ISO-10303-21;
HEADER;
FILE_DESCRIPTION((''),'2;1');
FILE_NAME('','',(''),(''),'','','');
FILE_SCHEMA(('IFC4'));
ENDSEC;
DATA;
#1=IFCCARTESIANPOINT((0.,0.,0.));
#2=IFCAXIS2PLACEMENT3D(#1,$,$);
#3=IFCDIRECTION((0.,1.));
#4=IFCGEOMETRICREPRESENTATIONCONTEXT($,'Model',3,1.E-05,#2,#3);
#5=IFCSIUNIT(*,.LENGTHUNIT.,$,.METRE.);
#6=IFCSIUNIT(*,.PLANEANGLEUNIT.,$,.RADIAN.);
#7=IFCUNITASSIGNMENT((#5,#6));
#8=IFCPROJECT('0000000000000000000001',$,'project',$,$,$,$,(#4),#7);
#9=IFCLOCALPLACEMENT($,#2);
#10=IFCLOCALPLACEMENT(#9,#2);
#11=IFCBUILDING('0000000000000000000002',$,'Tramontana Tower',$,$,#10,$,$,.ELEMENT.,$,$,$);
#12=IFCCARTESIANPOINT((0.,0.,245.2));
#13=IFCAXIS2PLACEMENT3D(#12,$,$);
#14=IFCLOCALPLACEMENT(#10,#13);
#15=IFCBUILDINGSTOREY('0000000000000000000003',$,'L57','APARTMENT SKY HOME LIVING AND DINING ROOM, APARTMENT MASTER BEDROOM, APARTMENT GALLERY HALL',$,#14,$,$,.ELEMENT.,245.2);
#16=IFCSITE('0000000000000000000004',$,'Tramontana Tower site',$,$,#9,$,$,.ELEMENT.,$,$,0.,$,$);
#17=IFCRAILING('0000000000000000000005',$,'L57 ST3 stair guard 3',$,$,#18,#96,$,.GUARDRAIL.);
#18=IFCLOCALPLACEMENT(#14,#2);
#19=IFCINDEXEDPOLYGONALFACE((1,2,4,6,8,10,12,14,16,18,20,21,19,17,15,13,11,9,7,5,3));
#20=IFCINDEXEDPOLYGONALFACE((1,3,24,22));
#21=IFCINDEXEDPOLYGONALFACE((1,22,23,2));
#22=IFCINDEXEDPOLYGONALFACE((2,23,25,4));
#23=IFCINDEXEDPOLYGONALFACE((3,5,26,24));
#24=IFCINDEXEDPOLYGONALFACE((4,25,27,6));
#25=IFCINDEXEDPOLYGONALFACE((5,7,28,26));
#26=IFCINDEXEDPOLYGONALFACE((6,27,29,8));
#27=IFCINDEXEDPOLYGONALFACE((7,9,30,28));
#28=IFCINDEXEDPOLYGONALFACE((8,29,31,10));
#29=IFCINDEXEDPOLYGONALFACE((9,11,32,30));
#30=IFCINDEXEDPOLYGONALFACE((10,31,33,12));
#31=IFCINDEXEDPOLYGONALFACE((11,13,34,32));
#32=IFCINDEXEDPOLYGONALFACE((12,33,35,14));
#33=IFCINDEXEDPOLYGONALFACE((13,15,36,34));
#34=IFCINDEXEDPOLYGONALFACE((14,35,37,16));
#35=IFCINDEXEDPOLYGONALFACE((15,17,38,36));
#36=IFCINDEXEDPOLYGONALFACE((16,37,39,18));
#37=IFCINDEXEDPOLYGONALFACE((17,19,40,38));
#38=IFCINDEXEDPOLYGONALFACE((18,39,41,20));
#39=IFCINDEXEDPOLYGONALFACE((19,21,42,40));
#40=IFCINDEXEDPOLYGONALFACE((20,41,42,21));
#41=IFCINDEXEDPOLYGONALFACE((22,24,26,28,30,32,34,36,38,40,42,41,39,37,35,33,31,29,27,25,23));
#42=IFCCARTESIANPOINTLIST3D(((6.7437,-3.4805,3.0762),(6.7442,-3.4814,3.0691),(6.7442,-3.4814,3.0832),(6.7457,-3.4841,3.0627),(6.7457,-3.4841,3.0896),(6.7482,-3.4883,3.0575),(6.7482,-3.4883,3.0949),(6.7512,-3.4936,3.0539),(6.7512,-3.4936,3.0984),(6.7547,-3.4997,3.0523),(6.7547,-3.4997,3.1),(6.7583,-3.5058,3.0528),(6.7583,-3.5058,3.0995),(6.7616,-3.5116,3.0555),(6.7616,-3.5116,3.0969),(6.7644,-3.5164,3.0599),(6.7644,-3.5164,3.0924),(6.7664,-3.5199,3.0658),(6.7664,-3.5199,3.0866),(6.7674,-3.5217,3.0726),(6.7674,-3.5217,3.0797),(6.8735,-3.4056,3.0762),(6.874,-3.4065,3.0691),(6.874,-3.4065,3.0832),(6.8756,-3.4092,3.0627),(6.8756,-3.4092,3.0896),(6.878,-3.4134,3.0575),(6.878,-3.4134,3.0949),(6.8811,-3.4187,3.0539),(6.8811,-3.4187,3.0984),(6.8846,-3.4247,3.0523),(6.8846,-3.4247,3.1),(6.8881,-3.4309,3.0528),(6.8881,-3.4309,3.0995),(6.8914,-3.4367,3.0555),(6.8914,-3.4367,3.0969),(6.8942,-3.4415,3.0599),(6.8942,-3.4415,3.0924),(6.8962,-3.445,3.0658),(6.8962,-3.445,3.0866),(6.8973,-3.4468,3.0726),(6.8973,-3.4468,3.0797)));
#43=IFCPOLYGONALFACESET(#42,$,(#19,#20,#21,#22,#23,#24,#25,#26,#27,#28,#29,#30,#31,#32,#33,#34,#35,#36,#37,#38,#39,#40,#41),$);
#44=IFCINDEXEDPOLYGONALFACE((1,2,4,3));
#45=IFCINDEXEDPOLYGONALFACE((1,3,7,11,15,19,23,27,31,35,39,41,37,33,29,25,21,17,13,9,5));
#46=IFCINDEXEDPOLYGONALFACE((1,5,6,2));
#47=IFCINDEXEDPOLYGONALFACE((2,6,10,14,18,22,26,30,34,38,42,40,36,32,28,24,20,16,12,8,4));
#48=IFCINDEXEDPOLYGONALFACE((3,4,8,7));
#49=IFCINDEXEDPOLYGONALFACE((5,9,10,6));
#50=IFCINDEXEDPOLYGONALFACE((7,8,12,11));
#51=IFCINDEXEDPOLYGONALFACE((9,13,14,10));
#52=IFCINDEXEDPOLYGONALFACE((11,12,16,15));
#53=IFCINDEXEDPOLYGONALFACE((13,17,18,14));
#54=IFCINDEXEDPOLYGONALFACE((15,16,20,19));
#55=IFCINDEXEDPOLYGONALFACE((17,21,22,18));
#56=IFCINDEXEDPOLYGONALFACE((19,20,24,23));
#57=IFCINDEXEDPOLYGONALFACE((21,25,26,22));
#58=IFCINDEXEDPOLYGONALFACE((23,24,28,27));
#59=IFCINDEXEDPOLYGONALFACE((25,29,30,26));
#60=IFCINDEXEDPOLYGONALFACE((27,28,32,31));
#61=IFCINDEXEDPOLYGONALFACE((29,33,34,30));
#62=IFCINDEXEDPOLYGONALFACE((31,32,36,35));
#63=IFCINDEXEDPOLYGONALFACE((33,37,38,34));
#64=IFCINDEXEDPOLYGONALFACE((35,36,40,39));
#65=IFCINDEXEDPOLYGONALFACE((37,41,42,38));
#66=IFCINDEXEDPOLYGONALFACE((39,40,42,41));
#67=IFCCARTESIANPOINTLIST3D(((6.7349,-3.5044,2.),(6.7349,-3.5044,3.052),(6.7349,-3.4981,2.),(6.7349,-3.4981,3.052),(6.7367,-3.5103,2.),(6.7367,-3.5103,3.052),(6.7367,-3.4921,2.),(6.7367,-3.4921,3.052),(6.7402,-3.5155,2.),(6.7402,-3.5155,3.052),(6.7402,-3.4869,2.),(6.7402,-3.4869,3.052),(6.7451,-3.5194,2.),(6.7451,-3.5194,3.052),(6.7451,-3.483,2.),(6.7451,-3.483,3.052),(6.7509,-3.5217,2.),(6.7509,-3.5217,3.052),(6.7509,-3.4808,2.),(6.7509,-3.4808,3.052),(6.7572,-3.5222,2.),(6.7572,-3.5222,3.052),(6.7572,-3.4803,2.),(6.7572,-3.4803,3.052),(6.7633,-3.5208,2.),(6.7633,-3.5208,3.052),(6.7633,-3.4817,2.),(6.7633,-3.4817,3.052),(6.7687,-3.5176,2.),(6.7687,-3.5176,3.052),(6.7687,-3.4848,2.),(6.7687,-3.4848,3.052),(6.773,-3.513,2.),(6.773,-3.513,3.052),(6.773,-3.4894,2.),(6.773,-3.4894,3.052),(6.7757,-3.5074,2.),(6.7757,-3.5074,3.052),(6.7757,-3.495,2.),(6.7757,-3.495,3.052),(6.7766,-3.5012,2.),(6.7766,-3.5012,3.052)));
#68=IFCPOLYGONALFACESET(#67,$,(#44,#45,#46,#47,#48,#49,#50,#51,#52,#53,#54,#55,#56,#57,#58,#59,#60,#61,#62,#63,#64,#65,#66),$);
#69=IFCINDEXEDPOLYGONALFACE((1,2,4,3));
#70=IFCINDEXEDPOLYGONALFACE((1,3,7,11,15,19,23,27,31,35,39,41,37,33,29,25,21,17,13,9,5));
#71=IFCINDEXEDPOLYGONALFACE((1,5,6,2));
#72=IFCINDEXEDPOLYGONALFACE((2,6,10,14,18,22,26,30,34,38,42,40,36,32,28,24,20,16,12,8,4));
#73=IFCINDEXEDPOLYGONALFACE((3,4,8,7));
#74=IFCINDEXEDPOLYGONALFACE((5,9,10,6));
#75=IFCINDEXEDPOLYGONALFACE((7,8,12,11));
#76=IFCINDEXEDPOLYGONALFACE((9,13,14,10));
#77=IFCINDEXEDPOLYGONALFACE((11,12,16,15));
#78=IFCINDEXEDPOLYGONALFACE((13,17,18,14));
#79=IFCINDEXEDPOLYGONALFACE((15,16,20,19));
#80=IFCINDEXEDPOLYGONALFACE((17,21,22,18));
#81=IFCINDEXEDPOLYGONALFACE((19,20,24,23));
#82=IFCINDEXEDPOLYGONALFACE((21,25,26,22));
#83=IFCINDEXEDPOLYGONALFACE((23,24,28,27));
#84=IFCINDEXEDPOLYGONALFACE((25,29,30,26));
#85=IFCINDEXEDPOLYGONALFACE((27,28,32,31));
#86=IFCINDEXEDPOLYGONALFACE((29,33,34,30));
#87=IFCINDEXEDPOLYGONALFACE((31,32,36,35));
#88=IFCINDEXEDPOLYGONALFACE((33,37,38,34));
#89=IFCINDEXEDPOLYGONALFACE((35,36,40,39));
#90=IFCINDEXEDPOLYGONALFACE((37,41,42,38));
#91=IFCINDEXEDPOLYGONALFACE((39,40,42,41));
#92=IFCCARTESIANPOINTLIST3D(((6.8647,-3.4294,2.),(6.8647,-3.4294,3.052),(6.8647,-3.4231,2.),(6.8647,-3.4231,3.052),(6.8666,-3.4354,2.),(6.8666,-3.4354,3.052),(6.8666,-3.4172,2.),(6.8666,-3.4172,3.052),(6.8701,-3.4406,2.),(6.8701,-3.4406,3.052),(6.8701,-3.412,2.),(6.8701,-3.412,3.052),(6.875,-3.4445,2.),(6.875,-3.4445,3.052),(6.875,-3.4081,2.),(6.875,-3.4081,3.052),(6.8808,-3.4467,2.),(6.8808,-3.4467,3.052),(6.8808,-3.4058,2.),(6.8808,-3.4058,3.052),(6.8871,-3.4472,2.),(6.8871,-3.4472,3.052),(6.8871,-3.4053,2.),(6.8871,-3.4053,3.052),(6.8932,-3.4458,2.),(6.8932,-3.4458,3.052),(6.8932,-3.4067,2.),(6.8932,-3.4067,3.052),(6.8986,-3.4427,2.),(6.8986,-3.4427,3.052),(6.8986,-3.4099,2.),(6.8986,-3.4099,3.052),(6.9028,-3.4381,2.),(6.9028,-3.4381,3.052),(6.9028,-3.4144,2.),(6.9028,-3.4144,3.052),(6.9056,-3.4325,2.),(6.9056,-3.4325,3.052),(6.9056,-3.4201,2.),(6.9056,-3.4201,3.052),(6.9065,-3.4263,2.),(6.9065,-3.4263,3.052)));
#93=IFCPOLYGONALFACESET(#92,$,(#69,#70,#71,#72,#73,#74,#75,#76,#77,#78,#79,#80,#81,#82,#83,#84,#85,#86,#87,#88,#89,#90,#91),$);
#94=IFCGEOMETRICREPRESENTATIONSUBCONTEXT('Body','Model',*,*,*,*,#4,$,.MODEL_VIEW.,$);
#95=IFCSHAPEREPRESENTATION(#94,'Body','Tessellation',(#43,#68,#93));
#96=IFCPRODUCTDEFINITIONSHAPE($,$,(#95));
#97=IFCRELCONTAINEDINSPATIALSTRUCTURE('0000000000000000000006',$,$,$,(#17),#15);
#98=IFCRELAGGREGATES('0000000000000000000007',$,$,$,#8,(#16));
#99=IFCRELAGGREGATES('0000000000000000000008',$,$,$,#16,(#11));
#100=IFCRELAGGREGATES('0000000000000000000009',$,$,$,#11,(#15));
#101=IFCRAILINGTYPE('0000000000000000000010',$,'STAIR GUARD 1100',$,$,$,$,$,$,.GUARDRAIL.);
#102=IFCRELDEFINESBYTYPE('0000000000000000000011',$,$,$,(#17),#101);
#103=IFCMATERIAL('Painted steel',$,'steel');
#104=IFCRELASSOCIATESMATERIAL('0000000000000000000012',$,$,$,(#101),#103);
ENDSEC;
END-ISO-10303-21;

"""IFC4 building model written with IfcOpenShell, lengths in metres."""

from ifc_helpers import new_model, si_unit, direction, frame, origin, origin_2d, place, context, subcontext, project, spatial, circle, extrude, material, type_object, element, save


model = new_model("IFC4")

# Units and contexts
model_context = context("Model", 3, precision=1e-05, world=origin(), true_north=direction((0.0, 1.0)))
body_context = subcontext(model_context, "Body", "Model", "MODEL_VIEW")
ifc_project = project(units=[si_unit("LENGTHUNIT", "METRE"), si_unit("PLANEANGLEUNIT", "RADIAN")], contexts=[model_context])

# Site, building, storey
site_placement = place(None, origin())
site = spatial("IfcSite", under=ifc_project, at=site_placement, Name="Tramontana Tower site", CompositionType="ELEMENT", RefElevation=0.0)
building_placement = place(site_placement, origin())
building = spatial("IfcBuilding", under=site, at=building_placement, Name="Tramontana Tower", CompositionType="ELEMENT")
storey_placement = place(building_placement, frame((0.0, 0.0, 245.2)))
storey = spatial("IfcBuildingStorey", under=building, at=storey_placement, Name="L57", Description="APARTMENT SKY HOME LIVING AND DINING ROOM, APARTMENT MASTER BEDROOM, APARTMENT GALLERY HALL", CompositionType="ELEMENT", Elevation=245.2)

# Railing
ifc_material_1 = material(Name="Painted steel", Category="steel")
railing_type_1 = type_object("IfcRailingType", Name="STAIR GUARD 1100", PredefinedType="GUARDRAIL", material=ifc_material_1)
railing_1_placement = place(storey_placement, frame((6.7556, -3.5012, 2.0)))
element("IfcRailing", 1, at=railing_1_placement, inside=storey, type_object=railing_type_1, Name="L57 ST3 stair guard 3", PredefinedType="GUARDRAIL", context=body_context, shape_type="SweptSolid", body=[
    extrude(circle(Radius=0.0239, at=origin_2d()), frame((0.0, 0.0, 1.0762), z_axis=(0.866131, 0.499816, 0.0), x_axis=(-0.499816, 0.866131, 0.0)), (0.0, 0.0, 1.0), 0.1499),
    extrude(circle(Radius=0.021, at=origin_2d()), origin(), (0.0, 0.0, 1.0), 1.052),
    extrude(circle(Radius=0.021, at=origin_2d()), frame((0.1299, 0.075, 0.0)), (0.0, 0.0, 1.0), 1.052),
])

save(model, "model.ifc")
